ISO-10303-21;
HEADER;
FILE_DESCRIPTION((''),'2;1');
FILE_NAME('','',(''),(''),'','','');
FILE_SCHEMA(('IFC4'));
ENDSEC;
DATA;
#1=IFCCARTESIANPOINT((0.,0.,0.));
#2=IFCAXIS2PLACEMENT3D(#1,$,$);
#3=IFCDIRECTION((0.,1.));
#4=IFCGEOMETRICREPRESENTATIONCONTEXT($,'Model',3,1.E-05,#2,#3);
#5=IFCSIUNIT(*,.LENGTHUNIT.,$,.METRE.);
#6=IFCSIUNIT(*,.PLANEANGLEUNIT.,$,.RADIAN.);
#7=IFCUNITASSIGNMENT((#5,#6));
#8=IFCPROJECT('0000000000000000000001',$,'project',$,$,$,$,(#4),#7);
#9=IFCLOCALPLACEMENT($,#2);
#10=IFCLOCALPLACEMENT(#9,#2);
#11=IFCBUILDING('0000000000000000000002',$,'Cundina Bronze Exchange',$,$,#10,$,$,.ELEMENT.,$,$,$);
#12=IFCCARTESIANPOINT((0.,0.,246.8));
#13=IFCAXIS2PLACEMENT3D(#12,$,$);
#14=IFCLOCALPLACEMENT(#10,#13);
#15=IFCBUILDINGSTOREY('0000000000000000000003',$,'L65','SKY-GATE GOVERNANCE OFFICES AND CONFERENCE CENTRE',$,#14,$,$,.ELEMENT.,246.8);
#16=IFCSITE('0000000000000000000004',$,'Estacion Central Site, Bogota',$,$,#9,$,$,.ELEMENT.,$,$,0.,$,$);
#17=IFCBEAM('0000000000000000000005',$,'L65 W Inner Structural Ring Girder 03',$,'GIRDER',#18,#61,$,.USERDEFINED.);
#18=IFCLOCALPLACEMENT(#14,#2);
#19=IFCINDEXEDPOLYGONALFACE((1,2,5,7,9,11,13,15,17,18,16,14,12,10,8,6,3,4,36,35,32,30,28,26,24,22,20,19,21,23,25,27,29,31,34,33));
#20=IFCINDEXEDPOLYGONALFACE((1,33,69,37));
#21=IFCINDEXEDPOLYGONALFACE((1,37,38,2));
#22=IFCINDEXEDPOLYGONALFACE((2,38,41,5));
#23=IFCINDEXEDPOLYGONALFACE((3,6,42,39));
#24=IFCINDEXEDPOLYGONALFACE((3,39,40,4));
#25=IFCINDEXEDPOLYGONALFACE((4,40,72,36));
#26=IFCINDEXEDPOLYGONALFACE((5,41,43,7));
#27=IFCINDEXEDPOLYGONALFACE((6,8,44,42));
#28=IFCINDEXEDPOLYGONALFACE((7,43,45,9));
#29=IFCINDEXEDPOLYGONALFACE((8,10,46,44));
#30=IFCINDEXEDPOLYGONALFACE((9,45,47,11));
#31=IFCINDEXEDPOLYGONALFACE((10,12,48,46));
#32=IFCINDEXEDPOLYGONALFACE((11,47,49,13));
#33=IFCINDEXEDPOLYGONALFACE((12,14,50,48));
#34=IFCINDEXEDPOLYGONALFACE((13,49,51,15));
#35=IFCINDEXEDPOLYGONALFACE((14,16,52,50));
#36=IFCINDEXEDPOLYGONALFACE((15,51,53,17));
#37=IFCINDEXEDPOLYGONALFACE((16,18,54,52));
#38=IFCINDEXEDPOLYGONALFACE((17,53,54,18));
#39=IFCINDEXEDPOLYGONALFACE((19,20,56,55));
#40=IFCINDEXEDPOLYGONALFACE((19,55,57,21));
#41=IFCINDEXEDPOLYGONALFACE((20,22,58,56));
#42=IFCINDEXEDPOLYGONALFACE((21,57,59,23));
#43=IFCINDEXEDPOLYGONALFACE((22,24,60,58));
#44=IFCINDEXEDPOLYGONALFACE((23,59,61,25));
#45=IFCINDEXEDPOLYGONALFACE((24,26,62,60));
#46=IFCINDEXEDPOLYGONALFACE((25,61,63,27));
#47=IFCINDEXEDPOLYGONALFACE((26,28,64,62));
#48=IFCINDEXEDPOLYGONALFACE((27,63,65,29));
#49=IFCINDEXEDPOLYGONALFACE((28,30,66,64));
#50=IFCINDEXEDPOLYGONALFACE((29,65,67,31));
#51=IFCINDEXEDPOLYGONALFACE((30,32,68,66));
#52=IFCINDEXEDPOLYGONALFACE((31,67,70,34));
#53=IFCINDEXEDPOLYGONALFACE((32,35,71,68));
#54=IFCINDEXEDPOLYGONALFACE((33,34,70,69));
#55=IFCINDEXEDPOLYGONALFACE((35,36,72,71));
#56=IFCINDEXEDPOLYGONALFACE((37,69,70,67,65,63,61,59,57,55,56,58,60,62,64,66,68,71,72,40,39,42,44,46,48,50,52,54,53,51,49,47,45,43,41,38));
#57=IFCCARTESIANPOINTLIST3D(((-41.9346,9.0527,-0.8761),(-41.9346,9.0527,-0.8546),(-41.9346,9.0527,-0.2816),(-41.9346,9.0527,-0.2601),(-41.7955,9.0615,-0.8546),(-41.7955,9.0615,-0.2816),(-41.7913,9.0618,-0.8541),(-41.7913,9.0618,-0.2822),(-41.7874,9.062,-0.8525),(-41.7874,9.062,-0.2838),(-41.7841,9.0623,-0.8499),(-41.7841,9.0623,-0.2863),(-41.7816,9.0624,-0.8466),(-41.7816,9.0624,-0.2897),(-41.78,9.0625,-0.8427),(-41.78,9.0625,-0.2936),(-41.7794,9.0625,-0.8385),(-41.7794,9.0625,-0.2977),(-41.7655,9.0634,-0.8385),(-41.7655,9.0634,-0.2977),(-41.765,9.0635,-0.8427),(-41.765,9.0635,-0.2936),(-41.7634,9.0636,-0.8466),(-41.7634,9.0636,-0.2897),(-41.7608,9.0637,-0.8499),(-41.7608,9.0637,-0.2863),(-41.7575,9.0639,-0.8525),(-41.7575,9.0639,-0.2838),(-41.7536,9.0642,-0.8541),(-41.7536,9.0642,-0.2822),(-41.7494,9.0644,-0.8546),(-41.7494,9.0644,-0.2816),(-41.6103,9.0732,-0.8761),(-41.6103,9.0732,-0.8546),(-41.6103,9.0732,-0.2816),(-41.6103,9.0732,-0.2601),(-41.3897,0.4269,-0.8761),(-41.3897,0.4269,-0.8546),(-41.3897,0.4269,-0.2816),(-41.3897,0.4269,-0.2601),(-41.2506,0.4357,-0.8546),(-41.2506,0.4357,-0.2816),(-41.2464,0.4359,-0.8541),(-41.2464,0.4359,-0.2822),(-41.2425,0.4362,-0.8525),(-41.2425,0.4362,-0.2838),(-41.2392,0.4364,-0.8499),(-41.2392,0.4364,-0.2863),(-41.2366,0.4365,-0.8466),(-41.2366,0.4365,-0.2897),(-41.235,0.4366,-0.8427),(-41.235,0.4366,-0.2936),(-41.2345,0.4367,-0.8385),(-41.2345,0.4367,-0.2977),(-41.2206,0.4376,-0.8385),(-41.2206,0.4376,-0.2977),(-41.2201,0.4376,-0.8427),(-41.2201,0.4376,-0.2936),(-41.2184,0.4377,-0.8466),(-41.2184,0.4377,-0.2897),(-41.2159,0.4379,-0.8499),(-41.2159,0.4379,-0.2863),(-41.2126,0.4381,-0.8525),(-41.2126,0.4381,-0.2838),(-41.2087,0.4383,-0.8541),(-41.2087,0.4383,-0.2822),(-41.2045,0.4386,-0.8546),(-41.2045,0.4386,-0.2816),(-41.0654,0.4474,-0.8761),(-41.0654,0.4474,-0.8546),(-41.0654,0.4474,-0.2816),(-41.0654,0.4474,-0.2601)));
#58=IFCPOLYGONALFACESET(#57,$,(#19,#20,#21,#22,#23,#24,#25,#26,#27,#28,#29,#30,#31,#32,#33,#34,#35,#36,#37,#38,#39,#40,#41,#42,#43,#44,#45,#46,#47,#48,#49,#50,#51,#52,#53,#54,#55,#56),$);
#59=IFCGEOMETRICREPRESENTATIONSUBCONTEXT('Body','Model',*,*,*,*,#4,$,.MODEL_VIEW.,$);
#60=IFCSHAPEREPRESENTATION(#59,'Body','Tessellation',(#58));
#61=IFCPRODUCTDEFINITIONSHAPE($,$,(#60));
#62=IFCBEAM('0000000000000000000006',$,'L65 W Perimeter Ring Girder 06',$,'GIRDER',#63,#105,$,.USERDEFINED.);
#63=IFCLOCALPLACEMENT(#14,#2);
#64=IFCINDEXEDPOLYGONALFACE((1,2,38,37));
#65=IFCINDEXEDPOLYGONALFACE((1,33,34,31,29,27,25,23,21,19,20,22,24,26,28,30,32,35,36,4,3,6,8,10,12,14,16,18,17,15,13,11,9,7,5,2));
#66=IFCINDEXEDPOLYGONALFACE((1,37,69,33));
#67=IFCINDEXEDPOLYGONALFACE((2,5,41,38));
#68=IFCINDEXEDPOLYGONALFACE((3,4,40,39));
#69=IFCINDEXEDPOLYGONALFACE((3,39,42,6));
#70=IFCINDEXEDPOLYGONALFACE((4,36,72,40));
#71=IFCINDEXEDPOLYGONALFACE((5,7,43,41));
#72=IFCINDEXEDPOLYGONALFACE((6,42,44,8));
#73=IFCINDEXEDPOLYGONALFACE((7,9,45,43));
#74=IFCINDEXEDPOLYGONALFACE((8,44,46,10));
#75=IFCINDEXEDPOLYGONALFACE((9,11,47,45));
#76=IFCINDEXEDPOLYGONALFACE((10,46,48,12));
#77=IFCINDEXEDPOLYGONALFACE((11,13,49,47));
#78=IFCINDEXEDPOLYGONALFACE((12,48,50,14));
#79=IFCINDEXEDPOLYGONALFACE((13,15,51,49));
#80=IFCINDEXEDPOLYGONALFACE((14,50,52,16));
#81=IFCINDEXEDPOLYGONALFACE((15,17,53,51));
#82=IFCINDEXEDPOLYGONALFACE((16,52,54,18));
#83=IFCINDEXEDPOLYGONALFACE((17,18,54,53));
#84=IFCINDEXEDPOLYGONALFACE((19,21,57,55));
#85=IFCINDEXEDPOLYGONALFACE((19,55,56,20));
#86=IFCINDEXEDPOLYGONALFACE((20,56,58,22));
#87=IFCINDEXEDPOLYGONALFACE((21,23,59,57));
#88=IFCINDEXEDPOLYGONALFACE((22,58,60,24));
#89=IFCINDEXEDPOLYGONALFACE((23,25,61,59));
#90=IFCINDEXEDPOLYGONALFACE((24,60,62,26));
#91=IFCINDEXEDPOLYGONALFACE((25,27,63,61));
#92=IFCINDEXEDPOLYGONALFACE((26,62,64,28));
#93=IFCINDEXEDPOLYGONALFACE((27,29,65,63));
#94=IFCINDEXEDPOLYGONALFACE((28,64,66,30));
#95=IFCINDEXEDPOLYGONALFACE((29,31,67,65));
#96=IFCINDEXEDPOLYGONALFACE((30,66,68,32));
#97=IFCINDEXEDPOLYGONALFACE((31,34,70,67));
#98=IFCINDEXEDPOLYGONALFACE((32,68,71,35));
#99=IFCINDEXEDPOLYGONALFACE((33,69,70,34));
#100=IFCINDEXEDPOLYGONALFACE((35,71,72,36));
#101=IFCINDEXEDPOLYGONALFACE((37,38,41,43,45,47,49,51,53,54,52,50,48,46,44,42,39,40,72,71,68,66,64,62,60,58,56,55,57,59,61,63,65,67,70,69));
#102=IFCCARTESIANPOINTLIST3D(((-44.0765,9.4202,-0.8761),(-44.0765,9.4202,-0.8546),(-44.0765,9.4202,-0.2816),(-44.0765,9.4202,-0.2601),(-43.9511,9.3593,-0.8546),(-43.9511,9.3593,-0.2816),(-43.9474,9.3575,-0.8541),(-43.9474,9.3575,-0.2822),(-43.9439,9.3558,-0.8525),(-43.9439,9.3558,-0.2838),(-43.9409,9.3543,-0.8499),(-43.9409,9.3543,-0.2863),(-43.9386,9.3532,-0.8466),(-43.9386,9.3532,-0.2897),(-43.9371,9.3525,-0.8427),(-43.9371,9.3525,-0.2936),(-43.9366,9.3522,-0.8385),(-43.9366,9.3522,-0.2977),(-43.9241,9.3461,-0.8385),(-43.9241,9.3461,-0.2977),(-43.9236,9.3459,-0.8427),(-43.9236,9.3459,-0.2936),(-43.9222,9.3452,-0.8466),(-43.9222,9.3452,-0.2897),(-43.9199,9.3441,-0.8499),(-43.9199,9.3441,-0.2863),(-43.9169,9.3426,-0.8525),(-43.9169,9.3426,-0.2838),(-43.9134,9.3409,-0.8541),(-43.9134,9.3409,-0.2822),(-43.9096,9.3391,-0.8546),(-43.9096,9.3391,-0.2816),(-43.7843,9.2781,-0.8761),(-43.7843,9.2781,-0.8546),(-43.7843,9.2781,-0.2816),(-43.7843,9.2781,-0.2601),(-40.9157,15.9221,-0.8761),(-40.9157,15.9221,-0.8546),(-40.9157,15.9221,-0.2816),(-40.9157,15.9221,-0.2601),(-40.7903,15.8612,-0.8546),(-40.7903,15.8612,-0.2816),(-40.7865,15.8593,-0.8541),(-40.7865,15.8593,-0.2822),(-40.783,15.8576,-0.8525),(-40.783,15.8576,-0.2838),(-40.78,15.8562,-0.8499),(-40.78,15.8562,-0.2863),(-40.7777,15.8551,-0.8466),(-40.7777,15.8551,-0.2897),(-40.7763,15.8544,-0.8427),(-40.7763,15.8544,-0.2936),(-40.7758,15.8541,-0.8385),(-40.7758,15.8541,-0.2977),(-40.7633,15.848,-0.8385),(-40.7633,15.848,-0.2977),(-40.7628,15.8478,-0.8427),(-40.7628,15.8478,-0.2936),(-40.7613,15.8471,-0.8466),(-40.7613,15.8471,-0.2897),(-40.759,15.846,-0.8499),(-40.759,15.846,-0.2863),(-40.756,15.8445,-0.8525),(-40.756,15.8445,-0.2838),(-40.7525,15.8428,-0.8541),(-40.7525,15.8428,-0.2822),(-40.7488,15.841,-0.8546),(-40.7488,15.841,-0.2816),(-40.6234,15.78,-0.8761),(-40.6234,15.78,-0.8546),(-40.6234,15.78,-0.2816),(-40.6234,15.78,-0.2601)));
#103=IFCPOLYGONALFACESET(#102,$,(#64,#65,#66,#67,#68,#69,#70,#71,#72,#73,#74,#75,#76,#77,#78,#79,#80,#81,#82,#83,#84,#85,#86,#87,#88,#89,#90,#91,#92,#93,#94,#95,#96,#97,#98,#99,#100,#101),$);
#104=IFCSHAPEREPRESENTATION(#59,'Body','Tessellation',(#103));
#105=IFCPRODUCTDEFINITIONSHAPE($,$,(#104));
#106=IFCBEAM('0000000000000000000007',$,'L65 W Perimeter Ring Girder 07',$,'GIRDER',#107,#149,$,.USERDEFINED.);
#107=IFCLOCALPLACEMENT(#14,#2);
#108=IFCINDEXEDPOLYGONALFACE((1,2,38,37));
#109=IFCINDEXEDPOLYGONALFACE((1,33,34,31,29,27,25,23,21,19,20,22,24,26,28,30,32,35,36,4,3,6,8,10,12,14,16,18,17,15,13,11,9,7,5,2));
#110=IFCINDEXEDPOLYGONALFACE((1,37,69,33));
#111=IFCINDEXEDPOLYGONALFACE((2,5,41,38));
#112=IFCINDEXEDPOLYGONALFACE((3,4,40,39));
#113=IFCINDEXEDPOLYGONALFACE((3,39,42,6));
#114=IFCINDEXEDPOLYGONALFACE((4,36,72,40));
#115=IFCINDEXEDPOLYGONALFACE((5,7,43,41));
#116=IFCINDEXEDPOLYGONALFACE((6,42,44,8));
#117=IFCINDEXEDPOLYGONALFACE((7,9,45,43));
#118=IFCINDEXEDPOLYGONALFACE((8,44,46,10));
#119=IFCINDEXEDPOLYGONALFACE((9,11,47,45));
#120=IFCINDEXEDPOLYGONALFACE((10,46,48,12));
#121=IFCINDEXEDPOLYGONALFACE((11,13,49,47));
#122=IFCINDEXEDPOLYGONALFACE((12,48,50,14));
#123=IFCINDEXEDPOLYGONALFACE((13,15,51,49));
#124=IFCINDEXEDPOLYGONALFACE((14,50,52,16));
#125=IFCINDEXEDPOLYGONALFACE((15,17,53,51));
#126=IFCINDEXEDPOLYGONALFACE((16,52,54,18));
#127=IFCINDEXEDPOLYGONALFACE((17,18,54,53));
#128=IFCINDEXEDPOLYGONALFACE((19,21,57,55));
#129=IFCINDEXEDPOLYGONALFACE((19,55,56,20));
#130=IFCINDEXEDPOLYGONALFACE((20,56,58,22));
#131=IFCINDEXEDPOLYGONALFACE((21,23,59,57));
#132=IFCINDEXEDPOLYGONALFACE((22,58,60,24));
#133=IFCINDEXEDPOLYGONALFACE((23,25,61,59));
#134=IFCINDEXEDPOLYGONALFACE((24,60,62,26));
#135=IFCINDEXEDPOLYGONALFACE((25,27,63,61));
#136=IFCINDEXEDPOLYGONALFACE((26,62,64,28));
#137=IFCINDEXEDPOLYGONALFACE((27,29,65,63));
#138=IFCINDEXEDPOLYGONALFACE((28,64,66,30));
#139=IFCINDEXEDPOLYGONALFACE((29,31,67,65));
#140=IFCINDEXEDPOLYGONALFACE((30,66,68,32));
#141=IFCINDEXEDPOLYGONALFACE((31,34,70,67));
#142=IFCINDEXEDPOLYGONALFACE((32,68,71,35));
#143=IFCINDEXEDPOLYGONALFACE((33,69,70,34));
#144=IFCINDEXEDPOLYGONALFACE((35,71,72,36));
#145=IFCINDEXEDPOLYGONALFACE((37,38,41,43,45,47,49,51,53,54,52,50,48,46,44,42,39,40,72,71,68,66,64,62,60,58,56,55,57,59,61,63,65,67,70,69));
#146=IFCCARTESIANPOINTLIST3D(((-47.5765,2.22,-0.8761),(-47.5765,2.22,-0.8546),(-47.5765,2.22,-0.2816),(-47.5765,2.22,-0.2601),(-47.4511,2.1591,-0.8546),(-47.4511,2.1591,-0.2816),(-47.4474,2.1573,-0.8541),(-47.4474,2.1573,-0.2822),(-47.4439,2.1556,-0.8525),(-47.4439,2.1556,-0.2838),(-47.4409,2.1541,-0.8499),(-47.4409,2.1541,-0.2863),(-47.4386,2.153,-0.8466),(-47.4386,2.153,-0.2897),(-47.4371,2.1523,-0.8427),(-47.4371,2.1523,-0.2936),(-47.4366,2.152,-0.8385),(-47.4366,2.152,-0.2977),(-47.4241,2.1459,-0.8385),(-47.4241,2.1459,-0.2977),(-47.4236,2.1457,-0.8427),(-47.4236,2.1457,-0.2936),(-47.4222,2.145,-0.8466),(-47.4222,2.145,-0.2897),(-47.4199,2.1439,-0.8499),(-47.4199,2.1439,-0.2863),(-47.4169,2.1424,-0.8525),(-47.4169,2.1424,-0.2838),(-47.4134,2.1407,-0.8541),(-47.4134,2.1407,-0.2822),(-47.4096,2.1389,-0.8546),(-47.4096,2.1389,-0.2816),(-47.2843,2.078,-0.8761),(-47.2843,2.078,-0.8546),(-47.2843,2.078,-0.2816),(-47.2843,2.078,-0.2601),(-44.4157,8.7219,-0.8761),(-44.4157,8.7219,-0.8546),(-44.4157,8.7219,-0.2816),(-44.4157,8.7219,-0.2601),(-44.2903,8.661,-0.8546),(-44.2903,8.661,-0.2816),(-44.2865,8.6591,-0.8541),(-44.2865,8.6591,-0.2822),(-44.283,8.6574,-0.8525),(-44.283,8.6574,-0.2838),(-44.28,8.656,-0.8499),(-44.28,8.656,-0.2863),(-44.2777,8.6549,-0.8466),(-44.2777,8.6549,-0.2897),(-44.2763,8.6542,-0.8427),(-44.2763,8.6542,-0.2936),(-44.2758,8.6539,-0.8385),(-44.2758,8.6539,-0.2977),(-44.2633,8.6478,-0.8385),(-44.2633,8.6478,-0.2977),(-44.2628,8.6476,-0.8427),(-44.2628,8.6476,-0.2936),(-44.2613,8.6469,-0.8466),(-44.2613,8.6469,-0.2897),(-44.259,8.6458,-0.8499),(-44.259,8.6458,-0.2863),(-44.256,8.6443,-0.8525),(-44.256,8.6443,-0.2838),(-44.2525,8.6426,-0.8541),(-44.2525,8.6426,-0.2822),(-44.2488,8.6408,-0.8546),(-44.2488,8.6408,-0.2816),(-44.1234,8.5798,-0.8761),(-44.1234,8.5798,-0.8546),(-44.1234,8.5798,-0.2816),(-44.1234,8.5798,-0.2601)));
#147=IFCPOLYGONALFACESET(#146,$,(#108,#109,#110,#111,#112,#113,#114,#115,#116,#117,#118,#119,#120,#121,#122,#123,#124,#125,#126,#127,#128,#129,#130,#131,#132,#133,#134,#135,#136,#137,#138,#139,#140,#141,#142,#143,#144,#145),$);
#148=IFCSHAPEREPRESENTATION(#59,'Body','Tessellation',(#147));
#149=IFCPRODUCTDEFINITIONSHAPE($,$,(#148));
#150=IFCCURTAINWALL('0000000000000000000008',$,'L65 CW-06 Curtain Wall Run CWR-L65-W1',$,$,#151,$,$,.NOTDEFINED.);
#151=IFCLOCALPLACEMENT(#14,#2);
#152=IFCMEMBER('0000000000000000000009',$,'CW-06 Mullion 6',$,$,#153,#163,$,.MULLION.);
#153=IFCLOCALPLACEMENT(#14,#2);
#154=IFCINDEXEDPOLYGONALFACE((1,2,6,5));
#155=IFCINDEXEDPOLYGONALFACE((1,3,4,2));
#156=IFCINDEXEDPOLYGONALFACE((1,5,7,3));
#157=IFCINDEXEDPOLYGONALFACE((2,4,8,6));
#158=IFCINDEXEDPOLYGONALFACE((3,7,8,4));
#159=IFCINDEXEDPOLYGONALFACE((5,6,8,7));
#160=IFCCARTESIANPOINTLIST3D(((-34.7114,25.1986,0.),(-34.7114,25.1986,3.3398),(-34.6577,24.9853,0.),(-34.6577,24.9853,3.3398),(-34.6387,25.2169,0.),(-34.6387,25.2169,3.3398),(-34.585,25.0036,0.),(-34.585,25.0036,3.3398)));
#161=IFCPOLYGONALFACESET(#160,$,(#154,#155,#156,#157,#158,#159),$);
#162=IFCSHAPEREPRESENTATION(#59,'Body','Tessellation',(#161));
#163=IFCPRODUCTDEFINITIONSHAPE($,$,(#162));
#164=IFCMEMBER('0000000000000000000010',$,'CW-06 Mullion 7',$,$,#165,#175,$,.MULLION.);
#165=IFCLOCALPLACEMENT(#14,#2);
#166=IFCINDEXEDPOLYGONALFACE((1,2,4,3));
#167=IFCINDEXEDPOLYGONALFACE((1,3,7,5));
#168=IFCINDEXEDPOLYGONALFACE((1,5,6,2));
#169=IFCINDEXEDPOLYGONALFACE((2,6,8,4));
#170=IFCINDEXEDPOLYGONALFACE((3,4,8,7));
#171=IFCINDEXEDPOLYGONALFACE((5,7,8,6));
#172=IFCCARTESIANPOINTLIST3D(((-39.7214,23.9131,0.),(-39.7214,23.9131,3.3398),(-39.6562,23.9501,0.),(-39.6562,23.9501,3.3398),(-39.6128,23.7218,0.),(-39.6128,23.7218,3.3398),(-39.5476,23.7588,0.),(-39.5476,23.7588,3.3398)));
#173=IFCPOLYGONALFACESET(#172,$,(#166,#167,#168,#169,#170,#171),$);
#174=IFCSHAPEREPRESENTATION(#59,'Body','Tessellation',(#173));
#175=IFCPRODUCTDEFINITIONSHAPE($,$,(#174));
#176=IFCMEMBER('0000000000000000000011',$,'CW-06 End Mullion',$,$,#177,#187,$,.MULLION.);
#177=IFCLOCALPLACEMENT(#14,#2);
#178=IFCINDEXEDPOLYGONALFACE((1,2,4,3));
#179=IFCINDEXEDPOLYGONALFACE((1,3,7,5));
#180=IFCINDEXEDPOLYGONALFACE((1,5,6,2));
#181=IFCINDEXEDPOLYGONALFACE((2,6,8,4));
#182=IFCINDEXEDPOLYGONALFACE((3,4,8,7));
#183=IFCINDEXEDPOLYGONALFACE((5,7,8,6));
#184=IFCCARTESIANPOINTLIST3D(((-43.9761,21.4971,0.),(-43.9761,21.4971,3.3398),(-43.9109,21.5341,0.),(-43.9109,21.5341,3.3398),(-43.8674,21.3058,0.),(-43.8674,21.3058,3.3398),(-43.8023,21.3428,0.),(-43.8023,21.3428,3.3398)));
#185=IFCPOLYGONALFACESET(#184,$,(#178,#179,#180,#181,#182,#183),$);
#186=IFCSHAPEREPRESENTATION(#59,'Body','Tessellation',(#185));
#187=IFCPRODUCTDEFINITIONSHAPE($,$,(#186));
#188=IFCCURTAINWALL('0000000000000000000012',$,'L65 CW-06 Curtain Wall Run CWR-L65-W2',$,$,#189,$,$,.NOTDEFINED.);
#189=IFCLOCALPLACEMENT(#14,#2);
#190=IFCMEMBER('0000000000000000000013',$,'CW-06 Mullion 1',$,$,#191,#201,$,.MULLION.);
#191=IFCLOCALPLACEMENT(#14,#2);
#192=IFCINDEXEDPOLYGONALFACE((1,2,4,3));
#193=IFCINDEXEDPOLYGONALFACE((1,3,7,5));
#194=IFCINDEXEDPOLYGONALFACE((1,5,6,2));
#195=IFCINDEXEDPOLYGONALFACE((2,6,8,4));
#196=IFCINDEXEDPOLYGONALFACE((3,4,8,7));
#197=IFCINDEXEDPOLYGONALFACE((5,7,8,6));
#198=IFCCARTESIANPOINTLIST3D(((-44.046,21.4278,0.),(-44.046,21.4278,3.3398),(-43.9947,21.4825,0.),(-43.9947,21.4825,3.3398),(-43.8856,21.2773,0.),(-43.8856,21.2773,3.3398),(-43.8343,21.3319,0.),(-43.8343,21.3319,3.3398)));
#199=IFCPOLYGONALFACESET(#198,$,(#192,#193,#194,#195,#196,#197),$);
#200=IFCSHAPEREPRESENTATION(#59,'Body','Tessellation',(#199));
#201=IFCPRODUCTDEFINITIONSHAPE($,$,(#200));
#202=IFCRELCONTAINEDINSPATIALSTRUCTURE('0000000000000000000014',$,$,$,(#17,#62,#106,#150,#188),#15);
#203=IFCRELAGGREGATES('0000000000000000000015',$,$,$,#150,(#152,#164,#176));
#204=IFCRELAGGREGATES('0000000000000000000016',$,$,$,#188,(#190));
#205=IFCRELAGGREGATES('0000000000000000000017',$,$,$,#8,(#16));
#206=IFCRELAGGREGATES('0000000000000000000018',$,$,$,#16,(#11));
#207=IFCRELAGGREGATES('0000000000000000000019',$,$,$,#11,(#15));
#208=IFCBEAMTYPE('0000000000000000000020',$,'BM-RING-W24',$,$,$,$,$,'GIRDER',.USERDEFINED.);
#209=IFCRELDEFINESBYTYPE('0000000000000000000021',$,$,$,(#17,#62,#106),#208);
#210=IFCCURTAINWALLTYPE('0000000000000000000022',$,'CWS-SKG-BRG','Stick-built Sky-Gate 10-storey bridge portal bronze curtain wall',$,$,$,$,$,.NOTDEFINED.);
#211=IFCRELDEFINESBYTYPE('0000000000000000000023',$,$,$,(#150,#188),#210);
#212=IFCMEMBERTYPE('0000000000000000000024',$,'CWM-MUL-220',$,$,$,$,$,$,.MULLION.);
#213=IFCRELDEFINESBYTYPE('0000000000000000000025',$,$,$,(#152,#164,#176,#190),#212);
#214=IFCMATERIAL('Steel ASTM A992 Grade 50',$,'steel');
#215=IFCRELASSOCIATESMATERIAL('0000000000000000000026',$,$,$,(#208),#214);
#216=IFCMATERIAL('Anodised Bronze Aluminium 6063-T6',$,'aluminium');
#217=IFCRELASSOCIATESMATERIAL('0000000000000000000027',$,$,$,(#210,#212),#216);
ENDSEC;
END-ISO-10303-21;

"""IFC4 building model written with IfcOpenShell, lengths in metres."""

from ifc_helpers import new_model, si_unit, direction, frame, origin, origin_2d, place, context, subcontext, project, spatial, rectangle, i_section, extrude, material, material_profile, profile_set, type_object, element, aggregate, save


model = new_model("IFC4")

# Units and contexts
model_context = context("Model", 3, precision=1e-05, world=origin(), true_north=direction((0.0, 1.0)))
body_context = subcontext(model_context, "Body", "Model", "MODEL_VIEW")
ifc_project = project(units=[si_unit("LENGTHUNIT", "METRE"), si_unit("PLANEANGLEUNIT", "RADIAN")], contexts=[model_context])

# Site, building, storey
site_placement = place(None, origin())
site = spatial("IfcSite", under=ifc_project, at=site_placement, Name="Estacion Central Site, Bogota", CompositionType="ELEMENT", RefElevation=0.0)
building_placement = place(site_placement, origin())
building = spatial("IfcBuilding", under=site, at=building_placement, Name="Cundina Bronze Exchange", CompositionType="ELEMENT")
storey_placement = place(building_placement, frame((0.0, 0.0, 246.8)))
storey = spatial("IfcBuildingStorey", under=building, at=storey_placement, Name="L65", Description="SKY-GATE GOVERNANCE OFFICES AND CONFERENCE CENTRE", CompositionType="ELEMENT", Elevation=246.8)

# Beams
ifc_material_1 = material(Name="Steel ASTM A992 Grade 50", Category="steel")
ifc_material_profile_1 = material_profile(ifc_material_1, i_section(OverallWidth=0.325, OverallDepth=0.616, WebThickness=0.0139, FlangeThickness=0.0215, FilletRadius=0.0161, at=origin_2d()), Name="W24X117", Category="steel")
ifc_profile_set_1 = profile_set([ifc_material_profile_1], Name="Steel ASTM A992 Grade 50")
beam_type_1 = type_object("IfcBeamType", Name="BM-RING-W24", ElementType="GIRDER", PredefinedType="USERDEFINED", material=ifc_profile_set_1)
beam_1_placement = place(storey_placement, frame((-41.7725, 9.063, -0.5681), z_axis=(0.063047, -0.998011, 0.0), x_axis=(0.998011, 0.063047, 0.0)))
element("IfcBeam", 1, at=beam_1_placement, inside=storey, type_object=beam_type_1, Name="L65 W Inner Structural Ring Girder 03", ObjectType="GIRDER", PredefinedType="USERDEFINED", context=body_context, shape_type="SweptSolid", body=[
    extrude(i_section(OverallWidth=0.325, OverallDepth=0.616, WebThickness=0.0139, FlangeThickness=0.0215, FilletRadius=0.0161, at=origin_2d()), origin(), (0.0, 0.0, 1.0), 8.6431),
])
for number, where, z_axis, x_axis, name in (
    (2, (-40.7695, 15.8511, -0.5681), (-0.437217, -0.899356, 0.0), (0.899356, -0.437217, 0.0), "L65 W Perimeter Ring Girder 06"),
    (3, (-44.2695, 8.6509, -0.5681), (-0.437217, -0.899356, 0.0), (0.899356, -0.437217, 0.0), "L65 W Perimeter Ring Girder 07"),
):
    element("IfcBeam", number, at=place(storey_placement, frame(where, z_axis=z_axis, x_axis=x_axis)), inside=storey, type_object=beam_type_1, Name=name, ObjectType="GIRDER", PredefinedType="USERDEFINED", context=body_context, shape_type="SweptSolid", body=[
        extrude(i_section(OverallWidth=0.325, OverallDepth=0.616, WebThickness=0.0139, FlangeThickness=0.0215, FilletRadius=0.0161, at=origin_2d()), origin(), (0.0, 0.0, 1.0), 7.2295),
    ])

# Curtain walls, members
ifc_material_2 = material(Name="Anodised Bronze Aluminium 6063-T6", Category="aluminium")
curtain_wall_type = type_object("IfcCurtainWallType", Name="CWS-SKG-BRG", Description="Stick-built Sky-Gate 10-storey bridge portal bronze curtain wall", PredefinedType="NOTDEFINED", material=ifc_material_2)
curtain_wall_1_placement = place(storey_placement, origin())
curtain_wall_1 = element("IfcCurtainWall", 4, at=curtain_wall_1_placement, inside=storey, type_object=curtain_wall_type, Name="L65 CW-06 Curtain Wall Run CWR-L65-W1", PredefinedType="NOTDEFINED")
ifc_material_profile_2 = material_profile(ifc_material_2, rectangle(XDim=0.075, YDim=0.22, at=origin_2d()), Name="AL75X220", Category="aluminium")
ifc_profile_set_2 = profile_set([ifc_material_profile_2], Name="Anodised Bronze Aluminium 6063-T6")
member_type_1 = type_object("IfcMemberType", Name="CWM-MUL-220", PredefinedType="MULLION", material=ifc_profile_set_2)
member_1_placement = place(storey_placement, frame((-34.6482, 25.1011, 0.0), z_axis=(0.0, 0.0, 1.0), x_axis=(-0.969744, -0.244123, 0.0)))
member_1 = element("IfcMember", 5, at=member_1_placement, type_object=member_type_1, Name="CW-06 Mullion 6", PredefinedType="MULLION", context=body_context, shape_type="SweptSolid", body=[
    extrude(rectangle(XDim=0.075, YDim=0.22, at=origin_2d()), origin(), (0.0, 0.0, 1.0), 3.3398),
])
member_2_placement = place(storey_placement, frame((-39.6345, 23.8359, 0.0), z_axis=(0.0, 0.0, 1.0), x_axis=(-0.869581, -0.49379, 0.0)))
member_2 = element("IfcMember", 6, at=member_2_placement, type_object=member_type_1, Name="CW-06 Mullion 7", PredefinedType="MULLION", context=body_context, shape_type="SweptSolid", body=[
    extrude(rectangle(XDim=0.075, YDim=0.22, at=origin_2d()), origin(), (0.0, 0.0, 1.0), 3.3398),
])
member_3_placement = place(storey_placement, frame((-43.8892, 21.4199, 0.0), z_axis=(0.0, 0.0, 1.0), x_axis=(-0.869581, -0.49379, 0.0)))
member_3 = element("IfcMember", 7, at=member_3_placement, type_object=member_type_1, Name="CW-06 End Mullion", PredefinedType="MULLION", context=body_context, shape_type="SweptSolid", body=[
    extrude(rectangle(XDim=0.075, YDim=0.22, at=origin_2d()), origin(), (0.0, 0.0, 1.0), 3.3398),
])
curtain_wall_2_placement = place(storey_placement, origin())
curtain_wall_2 = element("IfcCurtainWall", 8, at=curtain_wall_2_placement, inside=storey, type_object=curtain_wall_type, Name="L65 CW-06 Curtain Wall Run CWR-L65-W2", PredefinedType="NOTDEFINED")
member_4_placement = place(storey_placement, frame((-43.9402, 21.3799, 0.0), z_axis=(0.0, 0.0, 1.0), x_axis=(-0.684293, -0.729208, 0.0)))
member_4 = element("IfcMember", 9, at=member_4_placement, type_object=member_type_1, Name="CW-06 Mullion 1", PredefinedType="MULLION", context=body_context, shape_type="SweptSolid", body=[
    extrude(rectangle(XDim=0.075, YDim=0.22, at=origin_2d()), origin(), (0.0, 0.0, 1.0), 3.3398),
])

aggregate(curtain_wall_1, [member_1, member_2, member_3])
aggregate(curtain_wall_2, [member_4])

save(model, "model.ifc")
